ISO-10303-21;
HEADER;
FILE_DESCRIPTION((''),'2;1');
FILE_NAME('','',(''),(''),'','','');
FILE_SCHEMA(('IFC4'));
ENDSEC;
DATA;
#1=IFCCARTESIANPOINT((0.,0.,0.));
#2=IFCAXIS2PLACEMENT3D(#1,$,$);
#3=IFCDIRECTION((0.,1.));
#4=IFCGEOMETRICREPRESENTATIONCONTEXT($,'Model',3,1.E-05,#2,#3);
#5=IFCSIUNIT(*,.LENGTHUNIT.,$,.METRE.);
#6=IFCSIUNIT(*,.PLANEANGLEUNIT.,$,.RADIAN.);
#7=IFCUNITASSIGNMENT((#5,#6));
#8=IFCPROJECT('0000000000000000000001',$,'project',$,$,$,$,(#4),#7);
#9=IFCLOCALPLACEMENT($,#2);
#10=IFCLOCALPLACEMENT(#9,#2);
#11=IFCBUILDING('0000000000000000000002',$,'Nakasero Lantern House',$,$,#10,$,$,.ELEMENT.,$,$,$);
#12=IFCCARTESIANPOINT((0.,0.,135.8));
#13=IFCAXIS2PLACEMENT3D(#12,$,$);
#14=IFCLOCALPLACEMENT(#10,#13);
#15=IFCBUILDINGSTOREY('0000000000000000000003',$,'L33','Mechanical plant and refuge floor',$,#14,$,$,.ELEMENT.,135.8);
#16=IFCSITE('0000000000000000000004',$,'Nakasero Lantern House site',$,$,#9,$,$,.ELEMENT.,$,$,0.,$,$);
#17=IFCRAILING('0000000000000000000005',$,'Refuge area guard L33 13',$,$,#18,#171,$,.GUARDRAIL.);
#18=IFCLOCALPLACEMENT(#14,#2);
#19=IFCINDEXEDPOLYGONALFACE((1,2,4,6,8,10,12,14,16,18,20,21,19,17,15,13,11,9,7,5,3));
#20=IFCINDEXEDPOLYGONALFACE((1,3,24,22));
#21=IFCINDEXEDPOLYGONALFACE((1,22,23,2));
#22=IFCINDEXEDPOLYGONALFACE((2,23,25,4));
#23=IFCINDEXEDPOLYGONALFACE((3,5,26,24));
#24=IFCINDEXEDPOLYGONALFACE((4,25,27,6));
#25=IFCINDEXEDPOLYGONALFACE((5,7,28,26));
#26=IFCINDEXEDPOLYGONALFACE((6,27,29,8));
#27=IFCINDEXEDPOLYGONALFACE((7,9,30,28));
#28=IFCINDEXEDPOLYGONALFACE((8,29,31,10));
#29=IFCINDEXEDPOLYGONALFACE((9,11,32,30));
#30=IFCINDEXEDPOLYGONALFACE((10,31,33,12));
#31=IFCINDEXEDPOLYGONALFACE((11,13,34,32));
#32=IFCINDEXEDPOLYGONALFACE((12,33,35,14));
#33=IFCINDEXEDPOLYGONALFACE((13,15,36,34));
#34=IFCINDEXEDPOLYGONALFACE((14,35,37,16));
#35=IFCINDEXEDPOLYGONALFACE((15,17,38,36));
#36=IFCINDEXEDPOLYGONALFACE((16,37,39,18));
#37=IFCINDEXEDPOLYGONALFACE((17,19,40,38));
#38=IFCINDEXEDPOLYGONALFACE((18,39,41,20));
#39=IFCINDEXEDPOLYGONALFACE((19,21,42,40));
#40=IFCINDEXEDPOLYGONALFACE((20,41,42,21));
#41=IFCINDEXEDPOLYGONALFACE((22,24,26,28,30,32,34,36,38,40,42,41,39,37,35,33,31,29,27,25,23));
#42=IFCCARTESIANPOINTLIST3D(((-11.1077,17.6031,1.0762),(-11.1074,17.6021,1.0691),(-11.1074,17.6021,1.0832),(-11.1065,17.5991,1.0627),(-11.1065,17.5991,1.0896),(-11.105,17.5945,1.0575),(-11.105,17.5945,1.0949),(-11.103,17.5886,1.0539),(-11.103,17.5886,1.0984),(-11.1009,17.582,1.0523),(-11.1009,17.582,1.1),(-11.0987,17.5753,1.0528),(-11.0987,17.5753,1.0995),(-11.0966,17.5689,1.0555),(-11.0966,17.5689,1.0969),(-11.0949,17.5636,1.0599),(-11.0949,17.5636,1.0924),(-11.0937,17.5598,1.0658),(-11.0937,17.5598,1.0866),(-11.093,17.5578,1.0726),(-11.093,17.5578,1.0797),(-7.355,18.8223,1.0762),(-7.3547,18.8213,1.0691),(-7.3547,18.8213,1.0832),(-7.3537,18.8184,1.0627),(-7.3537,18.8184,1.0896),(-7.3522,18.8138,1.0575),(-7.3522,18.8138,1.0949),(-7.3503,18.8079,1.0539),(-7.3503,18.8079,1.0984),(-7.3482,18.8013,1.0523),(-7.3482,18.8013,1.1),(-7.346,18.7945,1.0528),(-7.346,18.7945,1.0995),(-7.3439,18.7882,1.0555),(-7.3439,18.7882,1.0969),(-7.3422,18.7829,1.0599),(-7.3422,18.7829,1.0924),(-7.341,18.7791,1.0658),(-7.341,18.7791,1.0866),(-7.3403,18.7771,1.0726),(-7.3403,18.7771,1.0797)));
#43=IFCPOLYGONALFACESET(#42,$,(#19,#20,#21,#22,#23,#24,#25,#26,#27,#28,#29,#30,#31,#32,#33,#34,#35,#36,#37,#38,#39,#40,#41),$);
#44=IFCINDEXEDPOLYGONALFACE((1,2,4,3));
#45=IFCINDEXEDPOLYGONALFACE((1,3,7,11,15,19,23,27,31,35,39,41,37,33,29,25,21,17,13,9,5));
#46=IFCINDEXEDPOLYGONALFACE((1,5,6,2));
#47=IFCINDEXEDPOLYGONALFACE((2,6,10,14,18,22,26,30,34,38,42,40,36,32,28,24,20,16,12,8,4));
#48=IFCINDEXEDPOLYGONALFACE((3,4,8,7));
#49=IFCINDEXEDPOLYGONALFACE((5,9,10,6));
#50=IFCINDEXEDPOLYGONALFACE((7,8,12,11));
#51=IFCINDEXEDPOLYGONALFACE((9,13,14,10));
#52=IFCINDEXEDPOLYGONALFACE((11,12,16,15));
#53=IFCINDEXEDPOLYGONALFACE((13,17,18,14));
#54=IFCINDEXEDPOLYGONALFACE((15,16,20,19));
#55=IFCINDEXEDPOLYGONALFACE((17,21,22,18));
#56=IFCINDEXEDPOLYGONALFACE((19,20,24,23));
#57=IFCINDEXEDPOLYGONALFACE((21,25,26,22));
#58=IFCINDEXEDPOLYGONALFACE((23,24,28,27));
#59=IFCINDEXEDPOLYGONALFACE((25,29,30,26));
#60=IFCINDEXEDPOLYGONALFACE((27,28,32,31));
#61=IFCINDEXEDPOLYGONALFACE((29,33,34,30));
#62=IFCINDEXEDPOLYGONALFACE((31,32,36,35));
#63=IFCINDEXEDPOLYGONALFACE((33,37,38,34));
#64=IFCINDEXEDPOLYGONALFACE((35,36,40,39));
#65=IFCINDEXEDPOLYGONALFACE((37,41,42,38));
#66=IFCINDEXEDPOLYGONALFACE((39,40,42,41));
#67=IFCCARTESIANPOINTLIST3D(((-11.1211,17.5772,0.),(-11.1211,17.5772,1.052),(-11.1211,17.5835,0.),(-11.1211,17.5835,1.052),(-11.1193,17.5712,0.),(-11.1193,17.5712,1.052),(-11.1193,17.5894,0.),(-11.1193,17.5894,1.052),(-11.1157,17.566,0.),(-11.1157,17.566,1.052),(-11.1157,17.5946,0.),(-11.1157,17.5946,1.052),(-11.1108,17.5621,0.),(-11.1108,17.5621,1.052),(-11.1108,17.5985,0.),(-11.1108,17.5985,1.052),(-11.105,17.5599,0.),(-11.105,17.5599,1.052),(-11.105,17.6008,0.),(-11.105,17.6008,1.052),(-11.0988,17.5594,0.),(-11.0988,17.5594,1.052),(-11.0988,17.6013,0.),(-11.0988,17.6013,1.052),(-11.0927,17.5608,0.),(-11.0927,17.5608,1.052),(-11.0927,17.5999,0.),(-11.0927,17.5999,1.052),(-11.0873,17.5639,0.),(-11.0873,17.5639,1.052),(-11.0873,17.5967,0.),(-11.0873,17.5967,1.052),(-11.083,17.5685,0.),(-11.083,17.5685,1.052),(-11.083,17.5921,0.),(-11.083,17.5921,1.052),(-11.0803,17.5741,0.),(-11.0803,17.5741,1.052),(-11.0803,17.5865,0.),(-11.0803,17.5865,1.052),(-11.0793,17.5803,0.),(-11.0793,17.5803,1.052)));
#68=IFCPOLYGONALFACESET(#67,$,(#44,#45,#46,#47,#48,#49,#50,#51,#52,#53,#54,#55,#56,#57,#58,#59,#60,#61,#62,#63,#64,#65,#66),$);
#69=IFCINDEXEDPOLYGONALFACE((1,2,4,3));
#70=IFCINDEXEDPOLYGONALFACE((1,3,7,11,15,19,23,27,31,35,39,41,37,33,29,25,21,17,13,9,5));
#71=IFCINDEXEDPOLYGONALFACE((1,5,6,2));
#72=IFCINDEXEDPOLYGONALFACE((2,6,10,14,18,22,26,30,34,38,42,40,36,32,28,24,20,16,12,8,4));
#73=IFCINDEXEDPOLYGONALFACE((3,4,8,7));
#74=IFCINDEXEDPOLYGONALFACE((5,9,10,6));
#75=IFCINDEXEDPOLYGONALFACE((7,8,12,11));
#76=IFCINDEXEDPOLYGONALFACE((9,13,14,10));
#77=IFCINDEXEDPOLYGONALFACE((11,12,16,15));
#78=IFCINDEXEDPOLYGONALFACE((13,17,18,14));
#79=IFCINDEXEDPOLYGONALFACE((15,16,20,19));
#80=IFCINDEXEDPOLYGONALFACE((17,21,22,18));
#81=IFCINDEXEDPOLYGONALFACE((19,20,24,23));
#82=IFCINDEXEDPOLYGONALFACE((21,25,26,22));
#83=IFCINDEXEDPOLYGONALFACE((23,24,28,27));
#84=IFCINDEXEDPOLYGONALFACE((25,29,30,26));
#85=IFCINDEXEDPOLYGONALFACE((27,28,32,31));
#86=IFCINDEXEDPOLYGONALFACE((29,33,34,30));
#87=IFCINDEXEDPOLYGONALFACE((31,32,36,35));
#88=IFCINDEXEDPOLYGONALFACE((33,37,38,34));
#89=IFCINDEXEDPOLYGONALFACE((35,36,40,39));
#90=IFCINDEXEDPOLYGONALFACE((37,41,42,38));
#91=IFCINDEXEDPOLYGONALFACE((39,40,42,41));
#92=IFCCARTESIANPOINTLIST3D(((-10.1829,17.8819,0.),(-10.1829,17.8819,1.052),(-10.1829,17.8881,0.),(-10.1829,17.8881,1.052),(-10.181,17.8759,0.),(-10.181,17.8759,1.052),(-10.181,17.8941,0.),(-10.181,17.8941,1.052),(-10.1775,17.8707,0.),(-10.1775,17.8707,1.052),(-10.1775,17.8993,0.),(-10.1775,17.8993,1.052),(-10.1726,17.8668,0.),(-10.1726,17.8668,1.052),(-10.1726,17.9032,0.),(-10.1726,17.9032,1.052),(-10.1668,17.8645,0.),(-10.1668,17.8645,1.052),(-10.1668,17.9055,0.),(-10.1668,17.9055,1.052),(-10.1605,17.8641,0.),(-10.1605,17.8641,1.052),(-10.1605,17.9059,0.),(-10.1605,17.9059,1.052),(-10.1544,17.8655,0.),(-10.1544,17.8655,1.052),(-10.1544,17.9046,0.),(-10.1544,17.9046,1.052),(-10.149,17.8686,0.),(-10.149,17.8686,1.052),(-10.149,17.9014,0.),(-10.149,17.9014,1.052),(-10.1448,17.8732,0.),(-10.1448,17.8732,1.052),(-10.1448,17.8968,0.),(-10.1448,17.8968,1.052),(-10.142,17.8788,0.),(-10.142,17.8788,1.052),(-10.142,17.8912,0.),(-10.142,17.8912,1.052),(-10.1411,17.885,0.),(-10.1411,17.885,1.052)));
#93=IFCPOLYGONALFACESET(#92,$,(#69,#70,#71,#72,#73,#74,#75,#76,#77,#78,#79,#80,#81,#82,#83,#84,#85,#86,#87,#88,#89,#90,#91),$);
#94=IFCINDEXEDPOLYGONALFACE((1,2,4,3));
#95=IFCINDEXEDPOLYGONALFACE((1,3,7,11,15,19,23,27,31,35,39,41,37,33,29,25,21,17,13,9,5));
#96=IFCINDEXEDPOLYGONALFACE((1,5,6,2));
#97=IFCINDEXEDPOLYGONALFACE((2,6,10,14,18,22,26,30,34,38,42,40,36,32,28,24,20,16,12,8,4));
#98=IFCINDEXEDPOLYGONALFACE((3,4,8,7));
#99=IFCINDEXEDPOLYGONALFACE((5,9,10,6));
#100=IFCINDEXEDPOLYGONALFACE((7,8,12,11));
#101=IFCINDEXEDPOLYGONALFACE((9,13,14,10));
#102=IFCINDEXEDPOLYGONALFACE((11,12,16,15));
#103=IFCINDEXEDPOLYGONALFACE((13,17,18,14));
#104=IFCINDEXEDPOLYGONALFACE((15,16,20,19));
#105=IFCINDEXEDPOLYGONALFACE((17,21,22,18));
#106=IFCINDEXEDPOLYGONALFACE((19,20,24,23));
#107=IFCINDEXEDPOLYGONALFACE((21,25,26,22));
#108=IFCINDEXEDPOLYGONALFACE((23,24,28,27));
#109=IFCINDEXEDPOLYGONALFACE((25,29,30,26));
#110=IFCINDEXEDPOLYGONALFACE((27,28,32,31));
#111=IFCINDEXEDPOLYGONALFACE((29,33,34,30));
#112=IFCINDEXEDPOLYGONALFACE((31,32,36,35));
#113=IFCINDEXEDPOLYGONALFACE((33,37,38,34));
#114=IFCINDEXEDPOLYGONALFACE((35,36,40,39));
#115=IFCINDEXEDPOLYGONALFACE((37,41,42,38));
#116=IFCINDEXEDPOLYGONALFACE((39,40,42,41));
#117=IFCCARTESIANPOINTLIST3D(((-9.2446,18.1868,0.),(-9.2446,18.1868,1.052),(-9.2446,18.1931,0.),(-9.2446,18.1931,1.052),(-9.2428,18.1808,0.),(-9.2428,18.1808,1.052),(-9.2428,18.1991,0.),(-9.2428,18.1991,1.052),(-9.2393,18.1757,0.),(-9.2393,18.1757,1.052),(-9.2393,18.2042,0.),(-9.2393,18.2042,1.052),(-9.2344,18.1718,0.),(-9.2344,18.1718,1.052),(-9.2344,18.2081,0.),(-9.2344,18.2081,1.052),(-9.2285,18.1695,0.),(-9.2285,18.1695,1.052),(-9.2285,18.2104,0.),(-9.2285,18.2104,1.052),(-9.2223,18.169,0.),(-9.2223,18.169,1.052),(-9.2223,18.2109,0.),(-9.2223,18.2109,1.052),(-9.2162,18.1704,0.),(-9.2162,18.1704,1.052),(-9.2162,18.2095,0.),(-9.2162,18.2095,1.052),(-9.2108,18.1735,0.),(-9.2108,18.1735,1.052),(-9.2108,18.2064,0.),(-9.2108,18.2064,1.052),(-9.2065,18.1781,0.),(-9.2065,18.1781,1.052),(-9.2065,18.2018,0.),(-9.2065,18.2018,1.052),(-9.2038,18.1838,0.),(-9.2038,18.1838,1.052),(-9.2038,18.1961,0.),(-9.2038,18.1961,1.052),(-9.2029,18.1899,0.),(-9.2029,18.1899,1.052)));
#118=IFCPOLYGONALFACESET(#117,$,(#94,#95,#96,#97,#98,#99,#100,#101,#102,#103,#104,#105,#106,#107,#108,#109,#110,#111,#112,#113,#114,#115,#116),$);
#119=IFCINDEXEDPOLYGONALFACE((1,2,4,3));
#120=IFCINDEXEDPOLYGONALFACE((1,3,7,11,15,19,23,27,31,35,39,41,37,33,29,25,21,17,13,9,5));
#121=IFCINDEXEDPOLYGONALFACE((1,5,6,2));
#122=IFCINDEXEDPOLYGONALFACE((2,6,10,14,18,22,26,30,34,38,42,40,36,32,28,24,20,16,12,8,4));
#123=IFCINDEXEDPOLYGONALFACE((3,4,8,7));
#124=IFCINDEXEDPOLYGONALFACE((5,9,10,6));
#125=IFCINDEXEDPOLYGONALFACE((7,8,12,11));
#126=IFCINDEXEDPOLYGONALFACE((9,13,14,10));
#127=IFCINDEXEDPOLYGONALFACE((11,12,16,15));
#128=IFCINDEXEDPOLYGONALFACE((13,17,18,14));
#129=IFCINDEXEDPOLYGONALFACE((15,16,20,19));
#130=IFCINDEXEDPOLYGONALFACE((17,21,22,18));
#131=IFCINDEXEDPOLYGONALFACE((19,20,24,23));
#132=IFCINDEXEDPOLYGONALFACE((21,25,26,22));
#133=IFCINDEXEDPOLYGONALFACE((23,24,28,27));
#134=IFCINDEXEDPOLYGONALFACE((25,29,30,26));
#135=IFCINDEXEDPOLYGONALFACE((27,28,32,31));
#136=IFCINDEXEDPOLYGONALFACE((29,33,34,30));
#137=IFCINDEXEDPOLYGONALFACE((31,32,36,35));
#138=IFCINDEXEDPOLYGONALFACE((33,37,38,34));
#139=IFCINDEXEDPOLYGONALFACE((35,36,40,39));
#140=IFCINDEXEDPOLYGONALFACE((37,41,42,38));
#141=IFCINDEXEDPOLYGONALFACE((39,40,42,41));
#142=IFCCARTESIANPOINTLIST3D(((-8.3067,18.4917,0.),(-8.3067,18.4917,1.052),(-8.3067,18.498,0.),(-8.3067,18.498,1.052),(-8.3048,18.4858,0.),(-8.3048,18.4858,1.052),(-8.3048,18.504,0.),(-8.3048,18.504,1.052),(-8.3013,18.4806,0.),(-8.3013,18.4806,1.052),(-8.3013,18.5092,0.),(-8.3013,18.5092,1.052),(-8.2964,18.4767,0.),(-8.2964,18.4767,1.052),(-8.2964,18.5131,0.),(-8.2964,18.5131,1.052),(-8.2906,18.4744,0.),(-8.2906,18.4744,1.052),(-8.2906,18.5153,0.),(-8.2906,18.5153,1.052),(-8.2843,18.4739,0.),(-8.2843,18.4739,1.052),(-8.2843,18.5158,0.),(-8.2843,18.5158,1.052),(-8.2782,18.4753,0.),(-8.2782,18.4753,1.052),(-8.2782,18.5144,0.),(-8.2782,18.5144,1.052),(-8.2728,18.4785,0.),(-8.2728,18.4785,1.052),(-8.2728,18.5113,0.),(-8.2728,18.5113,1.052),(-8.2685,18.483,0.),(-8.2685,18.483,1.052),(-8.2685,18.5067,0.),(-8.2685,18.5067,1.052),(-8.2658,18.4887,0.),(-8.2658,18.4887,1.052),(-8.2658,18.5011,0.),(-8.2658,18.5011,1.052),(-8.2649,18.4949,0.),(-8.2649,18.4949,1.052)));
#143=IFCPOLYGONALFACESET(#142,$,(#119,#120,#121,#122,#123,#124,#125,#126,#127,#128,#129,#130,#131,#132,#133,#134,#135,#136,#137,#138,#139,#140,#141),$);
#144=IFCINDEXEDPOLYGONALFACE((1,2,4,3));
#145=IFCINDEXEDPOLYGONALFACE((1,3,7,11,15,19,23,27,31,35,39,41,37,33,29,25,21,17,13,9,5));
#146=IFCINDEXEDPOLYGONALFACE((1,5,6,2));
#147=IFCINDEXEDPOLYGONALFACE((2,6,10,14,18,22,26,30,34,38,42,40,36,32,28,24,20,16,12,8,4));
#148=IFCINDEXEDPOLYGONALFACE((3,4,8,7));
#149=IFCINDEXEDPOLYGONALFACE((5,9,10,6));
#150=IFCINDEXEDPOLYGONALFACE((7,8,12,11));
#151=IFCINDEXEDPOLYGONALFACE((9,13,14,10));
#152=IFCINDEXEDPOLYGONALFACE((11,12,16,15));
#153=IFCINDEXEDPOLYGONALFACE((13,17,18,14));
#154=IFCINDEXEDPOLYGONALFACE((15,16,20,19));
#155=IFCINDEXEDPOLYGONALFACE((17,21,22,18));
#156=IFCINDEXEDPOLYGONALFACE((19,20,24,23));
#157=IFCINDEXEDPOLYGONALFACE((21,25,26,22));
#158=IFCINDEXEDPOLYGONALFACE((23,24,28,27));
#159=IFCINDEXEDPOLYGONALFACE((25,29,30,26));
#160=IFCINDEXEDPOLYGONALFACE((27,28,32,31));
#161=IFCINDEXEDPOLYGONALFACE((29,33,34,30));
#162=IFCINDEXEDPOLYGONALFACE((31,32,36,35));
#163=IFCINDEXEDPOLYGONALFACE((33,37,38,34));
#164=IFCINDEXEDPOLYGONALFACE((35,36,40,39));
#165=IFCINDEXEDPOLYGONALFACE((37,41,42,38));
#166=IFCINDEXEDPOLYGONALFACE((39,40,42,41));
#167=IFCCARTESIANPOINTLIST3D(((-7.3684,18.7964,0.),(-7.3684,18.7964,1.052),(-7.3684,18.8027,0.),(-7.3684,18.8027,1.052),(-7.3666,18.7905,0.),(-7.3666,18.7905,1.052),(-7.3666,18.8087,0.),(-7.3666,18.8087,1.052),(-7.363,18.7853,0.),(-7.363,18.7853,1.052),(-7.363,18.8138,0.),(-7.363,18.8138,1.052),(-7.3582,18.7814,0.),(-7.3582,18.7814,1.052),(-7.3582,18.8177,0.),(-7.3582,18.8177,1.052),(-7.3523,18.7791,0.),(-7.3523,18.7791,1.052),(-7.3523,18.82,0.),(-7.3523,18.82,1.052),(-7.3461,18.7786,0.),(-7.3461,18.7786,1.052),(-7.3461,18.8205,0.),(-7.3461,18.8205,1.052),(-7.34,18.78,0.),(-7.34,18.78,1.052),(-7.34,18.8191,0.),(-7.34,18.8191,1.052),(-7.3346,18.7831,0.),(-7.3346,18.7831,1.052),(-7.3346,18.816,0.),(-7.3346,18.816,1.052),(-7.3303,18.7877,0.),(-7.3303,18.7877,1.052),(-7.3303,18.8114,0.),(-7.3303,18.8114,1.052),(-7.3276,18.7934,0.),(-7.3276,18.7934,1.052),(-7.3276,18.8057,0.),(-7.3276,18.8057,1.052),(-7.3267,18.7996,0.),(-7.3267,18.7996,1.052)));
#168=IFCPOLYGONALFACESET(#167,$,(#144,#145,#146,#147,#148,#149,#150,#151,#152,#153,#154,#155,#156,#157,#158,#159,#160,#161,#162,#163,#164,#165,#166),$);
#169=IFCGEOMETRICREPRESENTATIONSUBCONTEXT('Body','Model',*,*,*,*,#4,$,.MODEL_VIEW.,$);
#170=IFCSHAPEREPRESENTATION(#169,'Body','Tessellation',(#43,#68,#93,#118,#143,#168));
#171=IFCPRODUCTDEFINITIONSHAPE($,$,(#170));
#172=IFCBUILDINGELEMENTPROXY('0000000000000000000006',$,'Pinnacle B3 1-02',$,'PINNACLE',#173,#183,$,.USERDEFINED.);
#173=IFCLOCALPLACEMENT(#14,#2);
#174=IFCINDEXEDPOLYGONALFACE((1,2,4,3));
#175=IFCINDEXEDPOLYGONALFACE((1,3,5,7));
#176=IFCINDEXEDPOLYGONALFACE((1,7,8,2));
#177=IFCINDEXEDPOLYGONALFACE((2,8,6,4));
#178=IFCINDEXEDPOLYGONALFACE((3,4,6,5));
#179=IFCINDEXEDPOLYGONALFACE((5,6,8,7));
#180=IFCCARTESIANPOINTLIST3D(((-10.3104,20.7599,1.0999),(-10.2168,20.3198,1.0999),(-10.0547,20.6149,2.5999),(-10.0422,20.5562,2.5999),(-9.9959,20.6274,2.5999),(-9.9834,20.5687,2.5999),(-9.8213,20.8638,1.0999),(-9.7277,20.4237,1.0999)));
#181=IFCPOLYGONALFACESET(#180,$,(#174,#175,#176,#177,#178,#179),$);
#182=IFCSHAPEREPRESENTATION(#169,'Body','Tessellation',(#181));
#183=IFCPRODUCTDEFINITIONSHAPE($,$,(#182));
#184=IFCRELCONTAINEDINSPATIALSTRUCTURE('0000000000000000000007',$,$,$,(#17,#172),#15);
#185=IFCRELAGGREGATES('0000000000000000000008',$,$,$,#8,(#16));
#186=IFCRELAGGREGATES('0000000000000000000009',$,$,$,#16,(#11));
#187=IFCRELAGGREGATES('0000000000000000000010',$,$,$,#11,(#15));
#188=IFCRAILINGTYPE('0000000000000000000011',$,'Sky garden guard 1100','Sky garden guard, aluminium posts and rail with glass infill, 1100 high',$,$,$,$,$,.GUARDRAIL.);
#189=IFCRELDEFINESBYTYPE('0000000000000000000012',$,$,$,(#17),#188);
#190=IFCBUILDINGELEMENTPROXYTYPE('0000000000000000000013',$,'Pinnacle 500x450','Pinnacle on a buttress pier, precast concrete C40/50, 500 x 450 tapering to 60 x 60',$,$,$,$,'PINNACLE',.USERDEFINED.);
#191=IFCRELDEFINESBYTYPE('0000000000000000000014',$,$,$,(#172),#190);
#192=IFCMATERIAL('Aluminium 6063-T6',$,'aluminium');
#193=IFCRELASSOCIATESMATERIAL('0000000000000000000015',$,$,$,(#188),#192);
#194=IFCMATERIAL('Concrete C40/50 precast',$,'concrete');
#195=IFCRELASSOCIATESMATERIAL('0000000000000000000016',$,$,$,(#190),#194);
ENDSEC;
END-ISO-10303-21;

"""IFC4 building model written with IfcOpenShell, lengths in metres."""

from ifc_helpers import new_model, entity, si_unit, direction, frame, origin, origin_2d, place, context, subcontext, project, spatial, circle, extrude, material, type_object, element, save


model = new_model("IFC4")

# Units and contexts
model_context = context("Model", 3, precision=1e-05, world=origin(), true_north=direction((0.0, 1.0)))
body_context = subcontext(model_context, "Body", "Model", "MODEL_VIEW")
ifc_project = project(units=[si_unit("LENGTHUNIT", "METRE"), si_unit("PLANEANGLEUNIT", "RADIAN")], contexts=[model_context])

# Site, building, storey
site_placement = place(None, origin())
site = spatial("IfcSite", under=ifc_project, at=site_placement, Name="Nakasero Lantern House site", CompositionType="ELEMENT", RefElevation=0.0)
building_placement = place(site_placement, origin())
building = spatial("IfcBuilding", under=site, at=building_placement, Name="Nakasero Lantern House", CompositionType="ELEMENT")
storey_placement = place(building_placement, frame((0.0, 0.0, 135.8)))
storey = spatial("IfcBuildingStorey", under=building, at=storey_placement, Name="L33", Description="Mechanical plant and refuge floor", CompositionType="ELEMENT", Elevation=135.8)

# Railing
ifc_material_1 = material(Name="Aluminium 6063-T6", Category="aluminium")
railing_type = type_object("IfcRailingType", Name="Sky garden guard 1100", Description="Sky garden guard, aluminium posts and rail with glass infill, 1100 high", PredefinedType="GUARDRAIL", material=ifc_material_1)
railing_1_placement = place(storey_placement, frame((-11.1003, 17.5803, 0.0)))
element("IfcRailing", 1, at=railing_1_placement, inside=storey, type_object=railing_type, Name="Refuge area guard L33 13", PredefinedType="GUARDRAIL", context=body_context, shape_type="SweptSolid", body=[
    extrude(circle(Radius=0.0239, at=origin_2d()), frame((0.0, 0.0, 1.0762), z_axis=(0.951063, 0.308998, 0.0), x_axis=(-0.308998, 0.951063, 0.0)), (0.0, 0.0, 1.0), 3.9458),
    extrude(circle(Radius=0.021, at=origin_2d()), origin(), (0.0, 0.0, 1.0), 1.052),
    extrude(circle(Radius=0.021, at=origin_2d()), frame((0.9382, 0.3047, 0.0)), (0.0, 0.0, 1.0), 1.052),
    extrude(circle(Radius=0.021, at=origin_2d()), frame((1.8765, 0.6096, 0.0)), (0.0, 0.0, 1.0), 1.052),
    extrude(circle(Radius=0.021, at=origin_2d()), frame((2.8145, 0.9146, 0.0)), (0.0, 0.0, 1.0), 1.052),
    extrude(circle(Radius=0.021, at=origin_2d()), frame((3.7527, 1.2192, 0.0)), (0.0, 0.0, 1.0), 1.052),
])

# Building element proxy
ifc_material_2 = material(Name="Concrete C40/50 precast", Category="concrete")
building_element_proxy_type = type_object("IfcBuildingElementProxyType", Name="Pinnacle 500x450", Description="Pinnacle on a buttress pier, precast concrete C40/50, 500 x 450 tapering to 60 x 60", ElementType="PINNACLE", PredefinedType="USERDEFINED", material=ifc_material_2)
proxy_placement = place(storey_placement, frame((-10.019, 20.5918, 1.0999), z_axis=(0.0, 0.0, 1.0), x_axis=(-0.207912, 0.978148, 0.0)))
element("IfcBuildingElementProxy", 2, at=proxy_placement, inside=storey, type_object=building_element_proxy_type, Name="Pinnacle B3 1-02", ObjectType="PINNACLE", PredefinedType="USERDEFINED", context=body_context, shape_type="SweptSolid", body=[
    entity("IfcExtrudedAreaSolidTapered", entity("IfcRectangleProfileDef", "AREA", None, entity("IfcAxis2Placement2D", entity("IfcCartesianPoint", [0.0, 0.0])), 0.45, 0.5), entity("IfcAxis2Placement3D", entity("IfcCartesianPoint", [0.0, 0.0, 0.0])), entity("IfcDirection", [0.0, 0.0, 1.0]), 1.5, entity("IfcRectangleProfileDef", "AREA", None, entity("IfcAxis2Placement2D", entity("IfcCartesianPoint", [0.0, 0.0])), 0.0601, 0.0601)),
])

save(model, "model.ifc")
